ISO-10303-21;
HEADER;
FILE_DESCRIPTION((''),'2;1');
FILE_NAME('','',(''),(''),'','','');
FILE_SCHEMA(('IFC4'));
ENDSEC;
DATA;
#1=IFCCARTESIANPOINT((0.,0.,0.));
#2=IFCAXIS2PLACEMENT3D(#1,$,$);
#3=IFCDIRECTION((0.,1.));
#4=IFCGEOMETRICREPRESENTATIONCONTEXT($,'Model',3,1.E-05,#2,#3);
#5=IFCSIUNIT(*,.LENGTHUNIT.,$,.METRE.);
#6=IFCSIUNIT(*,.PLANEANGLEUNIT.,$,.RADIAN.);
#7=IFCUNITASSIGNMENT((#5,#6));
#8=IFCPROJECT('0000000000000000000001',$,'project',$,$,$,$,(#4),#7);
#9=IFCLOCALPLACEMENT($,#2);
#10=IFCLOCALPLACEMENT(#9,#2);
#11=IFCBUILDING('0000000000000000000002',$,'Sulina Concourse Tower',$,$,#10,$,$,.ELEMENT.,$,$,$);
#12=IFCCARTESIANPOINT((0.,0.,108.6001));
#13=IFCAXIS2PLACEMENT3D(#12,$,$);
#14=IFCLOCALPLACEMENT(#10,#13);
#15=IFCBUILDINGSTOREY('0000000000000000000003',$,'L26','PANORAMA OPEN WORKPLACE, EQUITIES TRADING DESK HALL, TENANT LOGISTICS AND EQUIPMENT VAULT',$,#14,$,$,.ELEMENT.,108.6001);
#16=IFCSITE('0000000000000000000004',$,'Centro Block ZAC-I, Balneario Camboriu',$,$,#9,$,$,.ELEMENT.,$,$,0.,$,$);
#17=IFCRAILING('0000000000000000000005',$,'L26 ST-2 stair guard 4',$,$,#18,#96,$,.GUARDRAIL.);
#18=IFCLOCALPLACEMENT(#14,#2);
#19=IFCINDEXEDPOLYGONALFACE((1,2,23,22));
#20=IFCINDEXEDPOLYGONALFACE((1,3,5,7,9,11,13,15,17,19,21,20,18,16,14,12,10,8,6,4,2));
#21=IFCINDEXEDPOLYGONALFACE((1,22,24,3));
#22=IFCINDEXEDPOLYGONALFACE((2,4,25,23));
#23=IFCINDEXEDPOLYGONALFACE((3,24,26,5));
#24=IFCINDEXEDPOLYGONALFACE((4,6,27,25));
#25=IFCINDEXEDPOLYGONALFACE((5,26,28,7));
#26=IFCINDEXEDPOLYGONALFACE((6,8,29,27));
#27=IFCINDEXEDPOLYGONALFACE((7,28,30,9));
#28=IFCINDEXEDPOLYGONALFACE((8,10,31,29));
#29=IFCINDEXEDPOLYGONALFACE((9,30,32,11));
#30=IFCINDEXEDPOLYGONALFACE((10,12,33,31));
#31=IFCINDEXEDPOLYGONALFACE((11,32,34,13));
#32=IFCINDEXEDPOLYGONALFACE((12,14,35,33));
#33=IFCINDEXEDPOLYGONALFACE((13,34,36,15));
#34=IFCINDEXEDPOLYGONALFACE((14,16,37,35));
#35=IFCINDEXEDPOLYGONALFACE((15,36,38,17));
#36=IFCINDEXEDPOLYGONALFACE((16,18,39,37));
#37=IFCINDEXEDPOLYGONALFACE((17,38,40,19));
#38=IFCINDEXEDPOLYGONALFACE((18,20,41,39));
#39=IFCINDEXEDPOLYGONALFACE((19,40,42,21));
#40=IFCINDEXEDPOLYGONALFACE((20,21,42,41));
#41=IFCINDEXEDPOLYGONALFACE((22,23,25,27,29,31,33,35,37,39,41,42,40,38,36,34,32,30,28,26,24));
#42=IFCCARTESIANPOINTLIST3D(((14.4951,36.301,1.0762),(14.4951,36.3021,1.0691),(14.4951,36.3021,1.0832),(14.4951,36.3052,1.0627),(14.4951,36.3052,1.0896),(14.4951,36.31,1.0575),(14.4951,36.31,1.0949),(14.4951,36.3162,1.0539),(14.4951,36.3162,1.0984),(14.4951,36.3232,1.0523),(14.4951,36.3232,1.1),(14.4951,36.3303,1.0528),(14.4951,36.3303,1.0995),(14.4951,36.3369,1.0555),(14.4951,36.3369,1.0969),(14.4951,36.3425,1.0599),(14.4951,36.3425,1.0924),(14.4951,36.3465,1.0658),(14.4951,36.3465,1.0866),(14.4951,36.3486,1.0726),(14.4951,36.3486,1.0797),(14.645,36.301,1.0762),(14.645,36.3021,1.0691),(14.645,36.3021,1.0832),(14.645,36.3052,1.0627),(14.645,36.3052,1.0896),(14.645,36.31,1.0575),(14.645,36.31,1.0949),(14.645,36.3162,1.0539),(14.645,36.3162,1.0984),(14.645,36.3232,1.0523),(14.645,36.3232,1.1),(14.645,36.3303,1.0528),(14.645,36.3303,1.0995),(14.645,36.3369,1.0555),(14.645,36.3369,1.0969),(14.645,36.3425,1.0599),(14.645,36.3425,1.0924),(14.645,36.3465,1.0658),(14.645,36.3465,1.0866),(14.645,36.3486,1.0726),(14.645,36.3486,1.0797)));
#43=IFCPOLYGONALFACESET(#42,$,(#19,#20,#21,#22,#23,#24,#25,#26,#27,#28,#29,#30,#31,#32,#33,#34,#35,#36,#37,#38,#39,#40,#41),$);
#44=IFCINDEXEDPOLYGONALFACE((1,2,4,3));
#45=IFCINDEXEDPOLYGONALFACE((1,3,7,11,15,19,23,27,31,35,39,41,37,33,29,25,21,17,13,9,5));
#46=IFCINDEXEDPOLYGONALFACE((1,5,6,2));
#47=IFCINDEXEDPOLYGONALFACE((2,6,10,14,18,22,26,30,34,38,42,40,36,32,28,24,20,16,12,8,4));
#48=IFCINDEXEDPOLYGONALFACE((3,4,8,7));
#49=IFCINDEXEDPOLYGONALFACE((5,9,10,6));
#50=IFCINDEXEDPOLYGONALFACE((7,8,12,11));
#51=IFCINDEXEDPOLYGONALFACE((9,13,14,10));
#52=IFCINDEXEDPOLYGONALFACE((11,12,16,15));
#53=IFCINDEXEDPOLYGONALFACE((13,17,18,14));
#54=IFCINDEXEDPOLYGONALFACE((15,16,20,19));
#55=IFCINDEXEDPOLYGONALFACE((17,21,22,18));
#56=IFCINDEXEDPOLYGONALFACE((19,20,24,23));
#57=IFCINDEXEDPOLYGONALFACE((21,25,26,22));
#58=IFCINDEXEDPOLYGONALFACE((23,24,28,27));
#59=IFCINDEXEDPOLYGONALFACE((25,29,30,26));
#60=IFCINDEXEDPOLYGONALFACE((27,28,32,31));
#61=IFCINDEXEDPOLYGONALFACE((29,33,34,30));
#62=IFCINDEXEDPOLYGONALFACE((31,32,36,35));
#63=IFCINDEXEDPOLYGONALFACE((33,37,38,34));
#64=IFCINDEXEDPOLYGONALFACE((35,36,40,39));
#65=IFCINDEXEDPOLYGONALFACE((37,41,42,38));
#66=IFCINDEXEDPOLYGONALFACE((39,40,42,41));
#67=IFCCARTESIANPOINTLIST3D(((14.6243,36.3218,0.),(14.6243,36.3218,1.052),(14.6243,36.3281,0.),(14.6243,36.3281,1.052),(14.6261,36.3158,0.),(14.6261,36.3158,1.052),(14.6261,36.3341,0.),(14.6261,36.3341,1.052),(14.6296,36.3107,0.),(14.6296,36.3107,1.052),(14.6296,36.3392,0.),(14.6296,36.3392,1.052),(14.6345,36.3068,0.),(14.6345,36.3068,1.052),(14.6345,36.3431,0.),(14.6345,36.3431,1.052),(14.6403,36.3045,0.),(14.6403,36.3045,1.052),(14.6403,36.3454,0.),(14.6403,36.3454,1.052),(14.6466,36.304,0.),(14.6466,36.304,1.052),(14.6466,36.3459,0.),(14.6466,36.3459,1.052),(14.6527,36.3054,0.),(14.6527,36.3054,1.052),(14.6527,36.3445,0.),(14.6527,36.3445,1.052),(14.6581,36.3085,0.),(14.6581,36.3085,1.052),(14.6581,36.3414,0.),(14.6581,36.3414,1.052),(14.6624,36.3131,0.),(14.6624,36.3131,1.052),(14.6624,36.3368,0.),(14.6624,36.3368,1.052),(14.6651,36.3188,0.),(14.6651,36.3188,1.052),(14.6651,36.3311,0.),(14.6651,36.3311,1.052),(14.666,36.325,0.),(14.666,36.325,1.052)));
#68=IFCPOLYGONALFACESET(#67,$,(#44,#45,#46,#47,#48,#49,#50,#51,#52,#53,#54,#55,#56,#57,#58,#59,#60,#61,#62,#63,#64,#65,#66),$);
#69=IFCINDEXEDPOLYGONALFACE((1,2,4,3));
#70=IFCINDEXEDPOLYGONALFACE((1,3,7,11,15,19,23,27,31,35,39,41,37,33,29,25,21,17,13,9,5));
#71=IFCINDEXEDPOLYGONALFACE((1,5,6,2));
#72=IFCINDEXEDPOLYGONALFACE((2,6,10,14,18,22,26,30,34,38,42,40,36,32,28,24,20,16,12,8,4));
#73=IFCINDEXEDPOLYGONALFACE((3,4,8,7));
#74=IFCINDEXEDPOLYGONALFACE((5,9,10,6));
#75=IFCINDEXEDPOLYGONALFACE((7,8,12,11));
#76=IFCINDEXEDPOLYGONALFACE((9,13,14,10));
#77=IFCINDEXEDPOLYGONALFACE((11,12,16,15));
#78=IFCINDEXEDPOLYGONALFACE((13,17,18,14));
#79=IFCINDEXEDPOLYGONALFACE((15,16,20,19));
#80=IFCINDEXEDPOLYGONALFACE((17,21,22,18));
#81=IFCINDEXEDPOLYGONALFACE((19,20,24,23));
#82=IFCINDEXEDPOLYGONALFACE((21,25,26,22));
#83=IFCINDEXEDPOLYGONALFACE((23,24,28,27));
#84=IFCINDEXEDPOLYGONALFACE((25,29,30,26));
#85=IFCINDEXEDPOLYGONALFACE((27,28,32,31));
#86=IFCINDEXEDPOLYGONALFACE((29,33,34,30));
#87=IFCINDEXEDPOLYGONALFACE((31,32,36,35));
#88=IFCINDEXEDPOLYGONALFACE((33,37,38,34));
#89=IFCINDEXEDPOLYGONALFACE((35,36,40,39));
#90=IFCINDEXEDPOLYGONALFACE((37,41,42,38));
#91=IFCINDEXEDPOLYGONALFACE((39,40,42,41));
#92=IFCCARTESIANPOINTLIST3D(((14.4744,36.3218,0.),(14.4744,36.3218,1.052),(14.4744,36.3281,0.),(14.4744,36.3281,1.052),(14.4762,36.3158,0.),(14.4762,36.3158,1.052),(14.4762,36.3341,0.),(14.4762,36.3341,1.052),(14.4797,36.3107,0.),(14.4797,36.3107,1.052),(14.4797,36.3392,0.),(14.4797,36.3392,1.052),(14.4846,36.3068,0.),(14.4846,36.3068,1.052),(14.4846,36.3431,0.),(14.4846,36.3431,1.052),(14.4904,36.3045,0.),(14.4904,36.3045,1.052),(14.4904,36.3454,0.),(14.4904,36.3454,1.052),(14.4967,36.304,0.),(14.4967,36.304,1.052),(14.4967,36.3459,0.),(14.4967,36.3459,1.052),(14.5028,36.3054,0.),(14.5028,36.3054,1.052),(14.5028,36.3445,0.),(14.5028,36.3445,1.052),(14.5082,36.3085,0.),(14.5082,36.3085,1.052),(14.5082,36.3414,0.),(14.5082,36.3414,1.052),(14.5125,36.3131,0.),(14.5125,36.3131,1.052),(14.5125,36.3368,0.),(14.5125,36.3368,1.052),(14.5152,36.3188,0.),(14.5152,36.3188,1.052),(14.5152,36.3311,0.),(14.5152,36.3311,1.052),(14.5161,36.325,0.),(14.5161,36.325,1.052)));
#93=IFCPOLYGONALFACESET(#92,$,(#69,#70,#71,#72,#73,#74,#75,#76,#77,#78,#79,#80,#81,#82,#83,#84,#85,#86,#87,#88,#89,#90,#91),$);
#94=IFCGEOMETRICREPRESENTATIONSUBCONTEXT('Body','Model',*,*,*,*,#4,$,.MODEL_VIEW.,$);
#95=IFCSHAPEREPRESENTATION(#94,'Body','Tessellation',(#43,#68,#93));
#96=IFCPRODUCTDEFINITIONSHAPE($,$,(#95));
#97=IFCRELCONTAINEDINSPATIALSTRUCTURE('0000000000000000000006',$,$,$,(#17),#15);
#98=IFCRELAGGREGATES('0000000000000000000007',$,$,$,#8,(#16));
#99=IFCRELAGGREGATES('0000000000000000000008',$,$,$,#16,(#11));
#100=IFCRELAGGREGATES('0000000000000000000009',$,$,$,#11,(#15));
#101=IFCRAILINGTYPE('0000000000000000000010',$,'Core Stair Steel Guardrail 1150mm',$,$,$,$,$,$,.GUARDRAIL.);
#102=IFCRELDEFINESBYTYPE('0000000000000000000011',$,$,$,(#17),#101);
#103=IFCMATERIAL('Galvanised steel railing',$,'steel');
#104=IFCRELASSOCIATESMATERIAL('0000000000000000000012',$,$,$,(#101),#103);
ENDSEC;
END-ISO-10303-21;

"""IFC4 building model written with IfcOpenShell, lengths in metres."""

from ifc_helpers import new_model, si_unit, direction, frame, origin, origin_2d, place, context, subcontext, project, spatial, circle, extrude, material, type_object, element, save


model = new_model("IFC4")

# Units and contexts
model_context = context("Model", 3, precision=1e-05, world=origin(), true_north=direction((0.0, 1.0)))
body_context = subcontext(model_context, "Body", "Model", "MODEL_VIEW")
ifc_project = project(units=[si_unit("LENGTHUNIT", "METRE"), si_unit("PLANEANGLEUNIT", "RADIAN")], contexts=[model_context])

# Site, building, storey
site_placement = place(None, origin())
site = spatial("IfcSite", under=ifc_project, at=site_placement, Name="Centro Block ZAC-I, Balneario Camboriu", CompositionType="ELEMENT", RefElevation=0.0)
building_placement = place(site_placement, origin())
building = spatial("IfcBuilding", under=site, at=building_placement, Name="Sulina Concourse Tower", CompositionType="ELEMENT")
storey_placement = place(building_placement, frame((0.0, 0.0, 108.6001)))
storey = spatial("IfcBuildingStorey", under=building, at=storey_placement, Name="L26", Description="PANORAMA OPEN WORKPLACE, EQUITIES TRADING DESK HALL, TENANT LOGISTICS AND EQUIPMENT VAULT", CompositionType="ELEMENT", Elevation=108.6001)

# Railing
ifc_material_1 = material(Name="Galvanised steel railing", Category="steel")
railing_type_1 = type_object("IfcRailingType", Name="Core Stair Steel Guardrail 1150mm", PredefinedType="GUARDRAIL", material=ifc_material_1)
railing_1_placement = place(storey_placement, frame((14.645, 36.325, 0.0)))
element("IfcRailing", 1, at=railing_1_placement, inside=storey, type_object=railing_type_1, Name="L26 ST-2 stair guard 4", PredefinedType="GUARDRAIL", context=body_context, shape_type="SweptSolid", body=[
    extrude(circle(Radius=0.0239, at=origin_2d()), frame((0.0, 0.0, 1.0762), z_axis=(-1.0, 0.0, 0.0), x_axis=(0.0, -1.0, 0.0)), (0.0, 0.0, 1.0), 0.1499),
    extrude(circle(Radius=0.021, at=origin_2d()), origin(), (0.0, 0.0, 1.0), 1.052),
    extrude(circle(Radius=0.021, at=origin_2d()), frame((-0.1499, 0.0, 0.0)), (0.0, 0.0, 1.0), 1.052),
])

save(model, "model.ifc")
